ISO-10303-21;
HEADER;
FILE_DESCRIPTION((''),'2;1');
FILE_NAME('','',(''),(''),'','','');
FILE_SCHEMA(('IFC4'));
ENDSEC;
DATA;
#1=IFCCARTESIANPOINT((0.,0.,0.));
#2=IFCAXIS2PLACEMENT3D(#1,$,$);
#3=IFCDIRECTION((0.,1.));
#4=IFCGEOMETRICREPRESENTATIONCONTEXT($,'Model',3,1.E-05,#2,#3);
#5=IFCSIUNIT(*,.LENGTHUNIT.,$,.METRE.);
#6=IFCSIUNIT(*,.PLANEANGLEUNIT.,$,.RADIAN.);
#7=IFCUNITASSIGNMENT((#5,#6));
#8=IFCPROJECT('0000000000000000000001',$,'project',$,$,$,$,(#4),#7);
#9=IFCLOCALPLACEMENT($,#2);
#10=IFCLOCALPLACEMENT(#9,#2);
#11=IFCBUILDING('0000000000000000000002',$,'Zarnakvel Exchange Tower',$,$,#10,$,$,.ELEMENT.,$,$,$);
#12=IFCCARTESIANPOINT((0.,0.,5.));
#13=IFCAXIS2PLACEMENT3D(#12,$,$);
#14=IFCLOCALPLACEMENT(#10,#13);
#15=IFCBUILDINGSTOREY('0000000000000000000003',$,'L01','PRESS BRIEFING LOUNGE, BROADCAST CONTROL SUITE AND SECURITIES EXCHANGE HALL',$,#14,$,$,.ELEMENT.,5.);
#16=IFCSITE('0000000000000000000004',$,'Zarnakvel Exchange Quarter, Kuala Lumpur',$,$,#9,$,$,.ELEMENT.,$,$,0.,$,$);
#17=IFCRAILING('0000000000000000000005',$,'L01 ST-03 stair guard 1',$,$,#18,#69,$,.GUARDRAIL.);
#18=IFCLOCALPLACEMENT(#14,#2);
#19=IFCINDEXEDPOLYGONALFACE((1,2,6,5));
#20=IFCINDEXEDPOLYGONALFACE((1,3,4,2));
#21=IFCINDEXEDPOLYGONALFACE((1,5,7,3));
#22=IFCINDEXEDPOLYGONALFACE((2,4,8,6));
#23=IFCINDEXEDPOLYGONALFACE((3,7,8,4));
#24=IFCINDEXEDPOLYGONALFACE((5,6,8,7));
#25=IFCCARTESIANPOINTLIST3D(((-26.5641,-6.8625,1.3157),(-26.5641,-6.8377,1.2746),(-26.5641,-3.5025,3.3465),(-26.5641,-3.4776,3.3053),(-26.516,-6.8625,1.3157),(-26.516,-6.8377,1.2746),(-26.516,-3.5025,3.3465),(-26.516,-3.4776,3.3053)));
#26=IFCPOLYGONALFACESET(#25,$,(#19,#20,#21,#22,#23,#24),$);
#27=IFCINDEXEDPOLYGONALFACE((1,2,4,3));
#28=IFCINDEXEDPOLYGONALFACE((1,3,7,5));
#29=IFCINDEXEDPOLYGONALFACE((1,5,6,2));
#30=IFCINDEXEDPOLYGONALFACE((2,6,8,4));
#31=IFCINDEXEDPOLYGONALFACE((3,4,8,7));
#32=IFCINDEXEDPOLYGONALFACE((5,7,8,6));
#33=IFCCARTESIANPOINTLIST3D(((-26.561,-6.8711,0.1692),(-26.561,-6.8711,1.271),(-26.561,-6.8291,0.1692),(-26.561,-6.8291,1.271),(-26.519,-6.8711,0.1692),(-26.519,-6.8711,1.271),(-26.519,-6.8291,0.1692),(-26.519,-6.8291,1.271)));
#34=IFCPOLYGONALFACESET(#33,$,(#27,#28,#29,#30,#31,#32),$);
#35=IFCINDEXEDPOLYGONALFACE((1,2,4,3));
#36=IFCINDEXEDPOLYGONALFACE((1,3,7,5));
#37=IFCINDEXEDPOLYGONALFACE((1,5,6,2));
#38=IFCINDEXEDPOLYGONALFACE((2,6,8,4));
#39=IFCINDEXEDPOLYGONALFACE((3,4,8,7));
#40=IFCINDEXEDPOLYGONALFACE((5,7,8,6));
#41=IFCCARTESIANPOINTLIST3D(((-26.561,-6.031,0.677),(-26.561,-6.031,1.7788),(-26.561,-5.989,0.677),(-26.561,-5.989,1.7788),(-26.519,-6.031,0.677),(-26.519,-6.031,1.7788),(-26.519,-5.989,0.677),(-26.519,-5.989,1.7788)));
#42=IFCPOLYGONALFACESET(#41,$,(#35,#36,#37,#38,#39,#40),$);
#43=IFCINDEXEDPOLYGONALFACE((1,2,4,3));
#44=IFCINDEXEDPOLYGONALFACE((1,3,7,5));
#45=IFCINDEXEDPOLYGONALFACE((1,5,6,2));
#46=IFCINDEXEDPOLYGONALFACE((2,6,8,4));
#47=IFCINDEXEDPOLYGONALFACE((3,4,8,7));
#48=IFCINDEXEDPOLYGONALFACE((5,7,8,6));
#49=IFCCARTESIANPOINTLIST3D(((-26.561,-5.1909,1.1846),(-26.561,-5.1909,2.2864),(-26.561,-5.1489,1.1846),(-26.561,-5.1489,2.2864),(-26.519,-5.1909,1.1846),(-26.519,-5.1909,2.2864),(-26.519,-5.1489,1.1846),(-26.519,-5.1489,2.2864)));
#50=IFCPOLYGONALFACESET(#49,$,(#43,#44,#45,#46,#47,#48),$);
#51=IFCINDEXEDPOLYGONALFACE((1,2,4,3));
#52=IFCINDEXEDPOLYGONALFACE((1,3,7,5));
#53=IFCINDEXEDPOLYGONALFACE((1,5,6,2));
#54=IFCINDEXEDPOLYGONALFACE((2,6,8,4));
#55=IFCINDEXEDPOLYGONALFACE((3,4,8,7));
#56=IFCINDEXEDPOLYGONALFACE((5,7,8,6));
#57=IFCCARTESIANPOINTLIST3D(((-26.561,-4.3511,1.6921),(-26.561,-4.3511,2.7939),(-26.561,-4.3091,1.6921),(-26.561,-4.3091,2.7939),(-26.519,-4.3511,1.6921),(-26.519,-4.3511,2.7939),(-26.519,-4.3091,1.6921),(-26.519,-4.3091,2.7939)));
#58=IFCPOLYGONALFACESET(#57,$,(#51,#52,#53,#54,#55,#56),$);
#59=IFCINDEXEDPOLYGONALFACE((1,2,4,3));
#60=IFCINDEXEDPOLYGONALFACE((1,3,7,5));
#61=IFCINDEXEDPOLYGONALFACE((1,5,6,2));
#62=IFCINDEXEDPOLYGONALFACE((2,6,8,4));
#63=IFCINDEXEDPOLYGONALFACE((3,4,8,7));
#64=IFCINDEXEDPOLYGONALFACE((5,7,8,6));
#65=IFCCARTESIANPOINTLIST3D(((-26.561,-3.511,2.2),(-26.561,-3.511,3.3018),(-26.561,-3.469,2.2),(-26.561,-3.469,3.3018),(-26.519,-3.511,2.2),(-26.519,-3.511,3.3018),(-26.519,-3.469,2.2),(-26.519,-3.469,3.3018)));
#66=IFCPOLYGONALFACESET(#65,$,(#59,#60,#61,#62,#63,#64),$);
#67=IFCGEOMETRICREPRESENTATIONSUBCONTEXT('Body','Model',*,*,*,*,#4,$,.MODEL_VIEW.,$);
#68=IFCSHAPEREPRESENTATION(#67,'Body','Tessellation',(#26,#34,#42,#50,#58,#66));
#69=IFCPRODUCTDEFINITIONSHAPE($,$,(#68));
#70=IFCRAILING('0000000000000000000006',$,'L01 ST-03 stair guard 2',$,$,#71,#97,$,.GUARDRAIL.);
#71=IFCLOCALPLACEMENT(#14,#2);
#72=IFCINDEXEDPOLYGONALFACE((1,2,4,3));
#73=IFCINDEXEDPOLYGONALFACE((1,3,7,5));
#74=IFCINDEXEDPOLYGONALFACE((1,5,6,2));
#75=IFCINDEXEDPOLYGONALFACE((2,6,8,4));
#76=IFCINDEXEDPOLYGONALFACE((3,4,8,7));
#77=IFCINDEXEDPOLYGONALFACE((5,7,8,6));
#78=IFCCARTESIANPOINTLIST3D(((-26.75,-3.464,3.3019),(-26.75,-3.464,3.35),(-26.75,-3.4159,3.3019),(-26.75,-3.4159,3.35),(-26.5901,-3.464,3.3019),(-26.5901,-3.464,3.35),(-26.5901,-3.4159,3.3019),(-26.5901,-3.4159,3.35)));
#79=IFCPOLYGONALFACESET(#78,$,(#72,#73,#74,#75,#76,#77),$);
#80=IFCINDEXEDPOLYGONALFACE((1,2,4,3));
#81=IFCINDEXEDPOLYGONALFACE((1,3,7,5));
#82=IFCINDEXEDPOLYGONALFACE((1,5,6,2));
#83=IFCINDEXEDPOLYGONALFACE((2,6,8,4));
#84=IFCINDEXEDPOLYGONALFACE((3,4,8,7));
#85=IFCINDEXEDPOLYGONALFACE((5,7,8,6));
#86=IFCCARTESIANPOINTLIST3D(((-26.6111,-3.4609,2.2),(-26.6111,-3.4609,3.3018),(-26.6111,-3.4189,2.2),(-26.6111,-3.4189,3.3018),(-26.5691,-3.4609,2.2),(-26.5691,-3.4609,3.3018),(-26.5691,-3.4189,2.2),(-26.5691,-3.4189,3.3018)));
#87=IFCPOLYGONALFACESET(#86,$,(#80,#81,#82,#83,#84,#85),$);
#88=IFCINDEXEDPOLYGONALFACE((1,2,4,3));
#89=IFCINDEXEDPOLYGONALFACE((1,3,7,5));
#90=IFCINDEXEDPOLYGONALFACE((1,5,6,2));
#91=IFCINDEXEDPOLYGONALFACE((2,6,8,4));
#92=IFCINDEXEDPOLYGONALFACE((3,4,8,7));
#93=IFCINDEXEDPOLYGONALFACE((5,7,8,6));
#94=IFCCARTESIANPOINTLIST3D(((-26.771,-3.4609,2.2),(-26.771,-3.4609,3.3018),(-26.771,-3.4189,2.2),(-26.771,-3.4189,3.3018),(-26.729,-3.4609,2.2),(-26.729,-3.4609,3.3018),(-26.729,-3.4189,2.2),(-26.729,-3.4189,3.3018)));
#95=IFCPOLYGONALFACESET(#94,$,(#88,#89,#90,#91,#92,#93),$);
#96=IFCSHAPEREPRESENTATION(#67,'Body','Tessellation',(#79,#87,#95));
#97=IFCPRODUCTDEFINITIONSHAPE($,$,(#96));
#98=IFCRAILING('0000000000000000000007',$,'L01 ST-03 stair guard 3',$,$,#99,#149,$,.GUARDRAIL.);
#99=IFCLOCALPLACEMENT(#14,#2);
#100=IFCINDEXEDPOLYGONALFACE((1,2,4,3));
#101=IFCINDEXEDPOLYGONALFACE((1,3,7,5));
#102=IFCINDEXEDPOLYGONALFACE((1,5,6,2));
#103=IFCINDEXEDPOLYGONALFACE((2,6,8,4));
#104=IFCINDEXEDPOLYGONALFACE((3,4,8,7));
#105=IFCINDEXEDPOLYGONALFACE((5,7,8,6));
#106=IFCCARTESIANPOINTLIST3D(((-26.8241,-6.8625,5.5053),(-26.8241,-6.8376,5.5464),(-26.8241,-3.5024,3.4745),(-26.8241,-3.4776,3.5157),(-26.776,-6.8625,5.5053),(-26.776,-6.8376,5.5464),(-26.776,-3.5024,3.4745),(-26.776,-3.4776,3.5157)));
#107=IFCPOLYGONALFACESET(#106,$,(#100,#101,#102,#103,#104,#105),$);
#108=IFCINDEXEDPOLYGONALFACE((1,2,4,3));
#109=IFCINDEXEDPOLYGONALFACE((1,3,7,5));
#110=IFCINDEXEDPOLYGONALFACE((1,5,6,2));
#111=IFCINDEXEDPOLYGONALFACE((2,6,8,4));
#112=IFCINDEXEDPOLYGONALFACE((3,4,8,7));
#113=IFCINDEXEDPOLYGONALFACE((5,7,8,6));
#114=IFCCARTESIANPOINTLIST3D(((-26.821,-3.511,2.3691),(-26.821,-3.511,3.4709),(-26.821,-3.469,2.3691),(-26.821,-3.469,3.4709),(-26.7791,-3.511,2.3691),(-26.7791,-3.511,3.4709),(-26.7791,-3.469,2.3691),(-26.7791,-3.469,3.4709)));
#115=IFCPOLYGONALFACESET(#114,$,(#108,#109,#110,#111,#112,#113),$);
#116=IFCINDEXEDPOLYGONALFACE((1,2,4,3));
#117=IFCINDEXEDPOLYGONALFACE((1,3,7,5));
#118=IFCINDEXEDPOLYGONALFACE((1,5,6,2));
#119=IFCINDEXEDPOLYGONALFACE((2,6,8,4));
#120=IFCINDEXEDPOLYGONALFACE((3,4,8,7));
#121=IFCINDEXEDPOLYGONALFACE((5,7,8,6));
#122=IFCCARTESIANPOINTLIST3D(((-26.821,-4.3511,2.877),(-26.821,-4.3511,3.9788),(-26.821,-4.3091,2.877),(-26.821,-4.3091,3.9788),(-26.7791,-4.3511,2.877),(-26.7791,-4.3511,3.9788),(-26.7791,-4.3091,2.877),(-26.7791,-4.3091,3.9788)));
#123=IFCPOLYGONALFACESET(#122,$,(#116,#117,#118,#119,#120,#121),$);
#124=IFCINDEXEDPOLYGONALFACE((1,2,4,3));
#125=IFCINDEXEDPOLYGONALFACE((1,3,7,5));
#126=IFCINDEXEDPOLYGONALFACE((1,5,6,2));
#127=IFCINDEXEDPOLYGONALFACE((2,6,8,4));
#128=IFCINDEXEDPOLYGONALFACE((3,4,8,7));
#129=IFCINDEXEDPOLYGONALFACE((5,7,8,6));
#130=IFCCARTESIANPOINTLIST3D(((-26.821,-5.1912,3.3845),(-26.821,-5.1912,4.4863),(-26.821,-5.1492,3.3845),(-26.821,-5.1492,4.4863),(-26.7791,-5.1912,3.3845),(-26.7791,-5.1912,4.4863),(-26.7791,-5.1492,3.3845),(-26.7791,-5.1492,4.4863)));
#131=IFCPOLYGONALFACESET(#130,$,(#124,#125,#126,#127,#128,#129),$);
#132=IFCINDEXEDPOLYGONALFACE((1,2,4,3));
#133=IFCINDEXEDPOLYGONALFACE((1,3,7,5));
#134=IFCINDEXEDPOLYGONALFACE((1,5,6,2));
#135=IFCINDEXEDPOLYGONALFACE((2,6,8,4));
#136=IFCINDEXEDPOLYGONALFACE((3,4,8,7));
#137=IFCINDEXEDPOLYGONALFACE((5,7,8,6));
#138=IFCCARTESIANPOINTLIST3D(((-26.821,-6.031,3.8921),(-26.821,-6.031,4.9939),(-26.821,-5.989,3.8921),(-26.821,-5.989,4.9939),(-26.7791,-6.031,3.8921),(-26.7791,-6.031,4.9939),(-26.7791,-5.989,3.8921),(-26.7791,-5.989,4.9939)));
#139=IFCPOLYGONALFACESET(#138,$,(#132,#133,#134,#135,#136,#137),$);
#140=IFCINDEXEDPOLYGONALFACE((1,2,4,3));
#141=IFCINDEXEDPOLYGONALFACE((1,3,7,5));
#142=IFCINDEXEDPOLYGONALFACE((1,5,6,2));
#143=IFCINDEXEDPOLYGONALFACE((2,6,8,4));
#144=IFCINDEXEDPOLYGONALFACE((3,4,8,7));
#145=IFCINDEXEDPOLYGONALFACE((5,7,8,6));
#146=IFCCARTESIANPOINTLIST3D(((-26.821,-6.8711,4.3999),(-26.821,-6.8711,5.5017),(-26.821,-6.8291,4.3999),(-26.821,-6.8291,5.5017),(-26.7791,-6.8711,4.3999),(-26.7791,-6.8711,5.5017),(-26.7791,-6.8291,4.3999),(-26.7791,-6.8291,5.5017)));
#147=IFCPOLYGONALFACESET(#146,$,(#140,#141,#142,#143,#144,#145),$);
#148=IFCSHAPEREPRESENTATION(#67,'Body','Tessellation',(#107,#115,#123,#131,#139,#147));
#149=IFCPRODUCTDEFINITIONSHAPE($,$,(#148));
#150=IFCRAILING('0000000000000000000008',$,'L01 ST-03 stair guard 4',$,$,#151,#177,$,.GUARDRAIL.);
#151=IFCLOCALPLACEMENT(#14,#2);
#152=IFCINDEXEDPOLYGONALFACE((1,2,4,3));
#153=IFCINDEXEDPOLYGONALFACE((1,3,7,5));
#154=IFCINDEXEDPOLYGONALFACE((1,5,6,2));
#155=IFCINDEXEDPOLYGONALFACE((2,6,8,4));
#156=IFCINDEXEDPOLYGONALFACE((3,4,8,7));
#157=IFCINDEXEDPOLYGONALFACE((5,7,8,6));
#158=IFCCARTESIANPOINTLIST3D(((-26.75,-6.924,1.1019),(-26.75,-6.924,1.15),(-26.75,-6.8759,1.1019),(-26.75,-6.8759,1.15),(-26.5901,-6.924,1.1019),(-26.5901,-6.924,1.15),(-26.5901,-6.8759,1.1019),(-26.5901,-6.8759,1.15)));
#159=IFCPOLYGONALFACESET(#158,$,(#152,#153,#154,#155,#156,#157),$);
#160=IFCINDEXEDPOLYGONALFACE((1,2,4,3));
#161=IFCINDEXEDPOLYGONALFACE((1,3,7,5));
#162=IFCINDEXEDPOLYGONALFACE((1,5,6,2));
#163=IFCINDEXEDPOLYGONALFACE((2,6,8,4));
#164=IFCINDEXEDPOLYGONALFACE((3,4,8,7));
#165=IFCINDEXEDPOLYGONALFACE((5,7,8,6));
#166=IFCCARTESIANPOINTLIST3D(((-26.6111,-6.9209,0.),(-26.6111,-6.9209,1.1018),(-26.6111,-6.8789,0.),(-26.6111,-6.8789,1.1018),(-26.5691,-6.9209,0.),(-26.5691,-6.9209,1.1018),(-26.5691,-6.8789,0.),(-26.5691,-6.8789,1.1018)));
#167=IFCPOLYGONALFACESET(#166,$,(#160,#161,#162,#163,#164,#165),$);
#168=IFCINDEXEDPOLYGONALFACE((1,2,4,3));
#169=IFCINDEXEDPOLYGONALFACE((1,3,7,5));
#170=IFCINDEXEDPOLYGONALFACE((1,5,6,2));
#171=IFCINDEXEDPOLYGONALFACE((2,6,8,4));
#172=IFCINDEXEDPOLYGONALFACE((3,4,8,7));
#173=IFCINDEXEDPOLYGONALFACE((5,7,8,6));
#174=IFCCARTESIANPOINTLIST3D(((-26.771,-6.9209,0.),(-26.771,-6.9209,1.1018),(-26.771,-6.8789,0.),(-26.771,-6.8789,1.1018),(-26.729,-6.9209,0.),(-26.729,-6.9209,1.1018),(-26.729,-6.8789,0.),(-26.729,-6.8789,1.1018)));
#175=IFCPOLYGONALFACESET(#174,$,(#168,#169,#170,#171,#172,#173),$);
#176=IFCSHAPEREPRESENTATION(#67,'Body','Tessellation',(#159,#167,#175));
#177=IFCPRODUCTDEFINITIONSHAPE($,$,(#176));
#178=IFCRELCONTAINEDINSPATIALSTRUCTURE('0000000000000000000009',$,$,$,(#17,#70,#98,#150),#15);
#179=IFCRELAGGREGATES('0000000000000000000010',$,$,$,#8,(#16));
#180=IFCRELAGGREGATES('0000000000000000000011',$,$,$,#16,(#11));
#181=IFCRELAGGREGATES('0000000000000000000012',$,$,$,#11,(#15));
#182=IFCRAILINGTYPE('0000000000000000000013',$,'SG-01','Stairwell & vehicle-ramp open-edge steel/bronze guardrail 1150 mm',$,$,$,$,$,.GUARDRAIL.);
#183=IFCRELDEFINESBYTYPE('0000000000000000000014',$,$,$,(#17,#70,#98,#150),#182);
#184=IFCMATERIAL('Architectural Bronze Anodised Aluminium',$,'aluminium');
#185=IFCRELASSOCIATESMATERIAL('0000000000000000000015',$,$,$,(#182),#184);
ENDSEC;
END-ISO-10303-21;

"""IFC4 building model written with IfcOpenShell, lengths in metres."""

from ifc_helpers import new_model, si_unit, direction, frame, origin, origin_2d, place, context, subcontext, project, spatial, rectangle, extrude, material, type_object, element, save


model = new_model("IFC4")

# Units and contexts
model_context = context("Model", 3, precision=1e-05, world=origin(), true_north=direction((0.0, 1.0)))
body_context = subcontext(model_context, "Body", "Model", "MODEL_VIEW")
ifc_project = project(units=[si_unit("LENGTHUNIT", "METRE"), si_unit("PLANEANGLEUNIT", "RADIAN")], contexts=[model_context])

# Site, building, storey
site_placement = place(None, origin())
site = spatial("IfcSite", under=ifc_project, at=site_placement, Name="Zarnakvel Exchange Quarter, Kuala Lumpur", CompositionType="ELEMENT", RefElevation=0.0)
building_placement = place(site_placement, origin())
building = spatial("IfcBuilding", under=site, at=building_placement, Name="Zarnakvel Exchange Tower", CompositionType="ELEMENT")
storey_placement = place(building_placement, frame((0.0, 0.0, 5.0)))
storey = spatial("IfcBuildingStorey", under=building, at=storey_placement, Name="L01", Description="PRESS BRIEFING LOUNGE, BROADCAST CONTROL SUITE AND SECURITIES EXCHANGE HALL", CompositionType="ELEMENT", Elevation=5.0)

# Railings
ifc_material_1 = material(Name="Architectural Bronze Anodised Aluminium", Category="aluminium")
railing_type_1 = type_object("IfcRailingType", Name="SG-01", Description="Stairwell & vehicle-ramp open-edge steel/bronze guardrail 1150 mm", PredefinedType="GUARDRAIL", material=ifc_material_1)
railing_1_placement = place(storey_placement, frame((-26.54, -6.8501, 0.1692)))
element("IfcRailing", 1, at=railing_1_placement, inside=storey, type_object=railing_type_1, Name="L01 ST-03 stair guard 1", PredefinedType="GUARDRAIL", context=body_context, shape_type="SweptSolid", body=[
    extrude(rectangle(XDim=0.0481, YDim=0.0481, at=origin_2d()), frame((0.0, 0.0, 1.126), z_axis=(0.0, 0.855837, 0.517246), x_axis=(-1.0, 0.0, 0.0)), (0.0, 0.0, 1.0), 3.926),
    extrude(rectangle(XDim=0.042, YDim=0.042, at=origin_2d()), origin(), (0.0, 0.0, 1.0), 1.1018),
    extrude(rectangle(XDim=0.042, YDim=0.042, at=origin_2d()), frame((0.0, 0.8401, 0.5078)), (0.0, 0.0, 1.0), 1.1018),
    extrude(rectangle(XDim=0.042, YDim=0.042, at=origin_2d()), frame((0.0, 1.6802, 1.0154)), (0.0, 0.0, 1.0), 1.1018),
    extrude(rectangle(XDim=0.042, YDim=0.042, at=origin_2d()), frame((0.0, 2.52, 1.5229)), (0.0, 0.0, 1.0), 1.1018),
    extrude(rectangle(XDim=0.042, YDim=0.042, at=origin_2d()), frame((0.0, 3.3601, 2.0308)), (0.0, 0.0, 1.0), 1.1018),
])
railing_2_placement = place(storey_placement, frame((-26.5901, -3.4399, 2.2)))
element("IfcRailing", 2, at=railing_2_placement, inside=storey, type_object=railing_type_1, Name="L01 ST-03 stair guard 2", PredefinedType="GUARDRAIL", context=body_context, shape_type="SweptSolid", body=[
    extrude(rectangle(XDim=0.0481, YDim=0.0481, at=origin_2d()), frame((0.0, 0.0, 1.126), z_axis=(-1.0, 0.0, 0.0), x_axis=(0.0, -1.0, 0.0)), (0.0, 0.0, 1.0), 0.1599),
    extrude(rectangle(XDim=0.042, YDim=0.042, at=origin_2d()), origin(), (0.0, 0.0, 1.0), 1.1018),
    extrude(rectangle(XDim=0.042, YDim=0.042, at=origin_2d()), frame((-0.1599, 0.0, 0.0)), (0.0, 0.0, 1.0), 1.1018),
])
railing_3_placement = place(storey_placement, frame((-26.8, -3.49, 2.3691)))
element("IfcRailing", 3, at=railing_3_placement, inside=storey, type_object=railing_type_1, Name="L01 ST-03 stair guard 3", PredefinedType="GUARDRAIL", context=body_context, shape_type="SweptSolid", body=[
    extrude(rectangle(XDim=0.0481, YDim=0.0481, at=origin_2d()), frame((0.0, 0.0, 1.126), z_axis=(0.0, -0.855837, 0.517246), x_axis=(1.0, 0.0, 0.0)), (0.0, 0.0, 1.0), 3.926),
    extrude(rectangle(XDim=0.042, YDim=0.042, at=origin_2d()), origin(), (0.0, 0.0, 1.0), 1.1018),
    extrude(rectangle(XDim=0.042, YDim=0.042, at=origin_2d()), frame((0.0, -0.8401, 0.5078)), (0.0, 0.0, 1.0), 1.1018),
    extrude(rectangle(XDim=0.042, YDim=0.042, at=origin_2d()), frame((0.0, -1.6802, 1.0154)), (0.0, 0.0, 1.0), 1.1018),
    extrude(rectangle(XDim=0.042, YDim=0.042, at=origin_2d()), frame((0.0, -2.52, 1.5229)), (0.0, 0.0, 1.0), 1.1018),
    extrude(rectangle(XDim=0.042, YDim=0.042, at=origin_2d()), frame((0.0, -3.3601, 2.0308)), (0.0, 0.0, 1.0), 1.1018),
])
railing_4_placement = place(storey_placement, frame((-26.5901, -6.8999, 0.0)))
element("IfcRailing", 4, at=railing_4_placement, inside=storey, type_object=railing_type_1, Name="L01 ST-03 stair guard 4", PredefinedType="GUARDRAIL", context=body_context, shape_type="SweptSolid", body=[
    extrude(rectangle(XDim=0.0481, YDim=0.0481, at=origin_2d()), frame((0.0, 0.0, 1.126), z_axis=(-1.0, 0.0, 0.0), x_axis=(0.0, -1.0, 0.0)), (0.0, 0.0, 1.0), 0.1599),
    extrude(rectangle(XDim=0.042, YDim=0.042, at=origin_2d()), origin(), (0.0, 0.0, 1.0), 1.1018),
    extrude(rectangle(XDim=0.042, YDim=0.042, at=origin_2d()), frame((-0.1599, 0.0, 0.0)), (0.0, 0.0, 1.0), 1.1018),
])

save(model, "model.ifc")
